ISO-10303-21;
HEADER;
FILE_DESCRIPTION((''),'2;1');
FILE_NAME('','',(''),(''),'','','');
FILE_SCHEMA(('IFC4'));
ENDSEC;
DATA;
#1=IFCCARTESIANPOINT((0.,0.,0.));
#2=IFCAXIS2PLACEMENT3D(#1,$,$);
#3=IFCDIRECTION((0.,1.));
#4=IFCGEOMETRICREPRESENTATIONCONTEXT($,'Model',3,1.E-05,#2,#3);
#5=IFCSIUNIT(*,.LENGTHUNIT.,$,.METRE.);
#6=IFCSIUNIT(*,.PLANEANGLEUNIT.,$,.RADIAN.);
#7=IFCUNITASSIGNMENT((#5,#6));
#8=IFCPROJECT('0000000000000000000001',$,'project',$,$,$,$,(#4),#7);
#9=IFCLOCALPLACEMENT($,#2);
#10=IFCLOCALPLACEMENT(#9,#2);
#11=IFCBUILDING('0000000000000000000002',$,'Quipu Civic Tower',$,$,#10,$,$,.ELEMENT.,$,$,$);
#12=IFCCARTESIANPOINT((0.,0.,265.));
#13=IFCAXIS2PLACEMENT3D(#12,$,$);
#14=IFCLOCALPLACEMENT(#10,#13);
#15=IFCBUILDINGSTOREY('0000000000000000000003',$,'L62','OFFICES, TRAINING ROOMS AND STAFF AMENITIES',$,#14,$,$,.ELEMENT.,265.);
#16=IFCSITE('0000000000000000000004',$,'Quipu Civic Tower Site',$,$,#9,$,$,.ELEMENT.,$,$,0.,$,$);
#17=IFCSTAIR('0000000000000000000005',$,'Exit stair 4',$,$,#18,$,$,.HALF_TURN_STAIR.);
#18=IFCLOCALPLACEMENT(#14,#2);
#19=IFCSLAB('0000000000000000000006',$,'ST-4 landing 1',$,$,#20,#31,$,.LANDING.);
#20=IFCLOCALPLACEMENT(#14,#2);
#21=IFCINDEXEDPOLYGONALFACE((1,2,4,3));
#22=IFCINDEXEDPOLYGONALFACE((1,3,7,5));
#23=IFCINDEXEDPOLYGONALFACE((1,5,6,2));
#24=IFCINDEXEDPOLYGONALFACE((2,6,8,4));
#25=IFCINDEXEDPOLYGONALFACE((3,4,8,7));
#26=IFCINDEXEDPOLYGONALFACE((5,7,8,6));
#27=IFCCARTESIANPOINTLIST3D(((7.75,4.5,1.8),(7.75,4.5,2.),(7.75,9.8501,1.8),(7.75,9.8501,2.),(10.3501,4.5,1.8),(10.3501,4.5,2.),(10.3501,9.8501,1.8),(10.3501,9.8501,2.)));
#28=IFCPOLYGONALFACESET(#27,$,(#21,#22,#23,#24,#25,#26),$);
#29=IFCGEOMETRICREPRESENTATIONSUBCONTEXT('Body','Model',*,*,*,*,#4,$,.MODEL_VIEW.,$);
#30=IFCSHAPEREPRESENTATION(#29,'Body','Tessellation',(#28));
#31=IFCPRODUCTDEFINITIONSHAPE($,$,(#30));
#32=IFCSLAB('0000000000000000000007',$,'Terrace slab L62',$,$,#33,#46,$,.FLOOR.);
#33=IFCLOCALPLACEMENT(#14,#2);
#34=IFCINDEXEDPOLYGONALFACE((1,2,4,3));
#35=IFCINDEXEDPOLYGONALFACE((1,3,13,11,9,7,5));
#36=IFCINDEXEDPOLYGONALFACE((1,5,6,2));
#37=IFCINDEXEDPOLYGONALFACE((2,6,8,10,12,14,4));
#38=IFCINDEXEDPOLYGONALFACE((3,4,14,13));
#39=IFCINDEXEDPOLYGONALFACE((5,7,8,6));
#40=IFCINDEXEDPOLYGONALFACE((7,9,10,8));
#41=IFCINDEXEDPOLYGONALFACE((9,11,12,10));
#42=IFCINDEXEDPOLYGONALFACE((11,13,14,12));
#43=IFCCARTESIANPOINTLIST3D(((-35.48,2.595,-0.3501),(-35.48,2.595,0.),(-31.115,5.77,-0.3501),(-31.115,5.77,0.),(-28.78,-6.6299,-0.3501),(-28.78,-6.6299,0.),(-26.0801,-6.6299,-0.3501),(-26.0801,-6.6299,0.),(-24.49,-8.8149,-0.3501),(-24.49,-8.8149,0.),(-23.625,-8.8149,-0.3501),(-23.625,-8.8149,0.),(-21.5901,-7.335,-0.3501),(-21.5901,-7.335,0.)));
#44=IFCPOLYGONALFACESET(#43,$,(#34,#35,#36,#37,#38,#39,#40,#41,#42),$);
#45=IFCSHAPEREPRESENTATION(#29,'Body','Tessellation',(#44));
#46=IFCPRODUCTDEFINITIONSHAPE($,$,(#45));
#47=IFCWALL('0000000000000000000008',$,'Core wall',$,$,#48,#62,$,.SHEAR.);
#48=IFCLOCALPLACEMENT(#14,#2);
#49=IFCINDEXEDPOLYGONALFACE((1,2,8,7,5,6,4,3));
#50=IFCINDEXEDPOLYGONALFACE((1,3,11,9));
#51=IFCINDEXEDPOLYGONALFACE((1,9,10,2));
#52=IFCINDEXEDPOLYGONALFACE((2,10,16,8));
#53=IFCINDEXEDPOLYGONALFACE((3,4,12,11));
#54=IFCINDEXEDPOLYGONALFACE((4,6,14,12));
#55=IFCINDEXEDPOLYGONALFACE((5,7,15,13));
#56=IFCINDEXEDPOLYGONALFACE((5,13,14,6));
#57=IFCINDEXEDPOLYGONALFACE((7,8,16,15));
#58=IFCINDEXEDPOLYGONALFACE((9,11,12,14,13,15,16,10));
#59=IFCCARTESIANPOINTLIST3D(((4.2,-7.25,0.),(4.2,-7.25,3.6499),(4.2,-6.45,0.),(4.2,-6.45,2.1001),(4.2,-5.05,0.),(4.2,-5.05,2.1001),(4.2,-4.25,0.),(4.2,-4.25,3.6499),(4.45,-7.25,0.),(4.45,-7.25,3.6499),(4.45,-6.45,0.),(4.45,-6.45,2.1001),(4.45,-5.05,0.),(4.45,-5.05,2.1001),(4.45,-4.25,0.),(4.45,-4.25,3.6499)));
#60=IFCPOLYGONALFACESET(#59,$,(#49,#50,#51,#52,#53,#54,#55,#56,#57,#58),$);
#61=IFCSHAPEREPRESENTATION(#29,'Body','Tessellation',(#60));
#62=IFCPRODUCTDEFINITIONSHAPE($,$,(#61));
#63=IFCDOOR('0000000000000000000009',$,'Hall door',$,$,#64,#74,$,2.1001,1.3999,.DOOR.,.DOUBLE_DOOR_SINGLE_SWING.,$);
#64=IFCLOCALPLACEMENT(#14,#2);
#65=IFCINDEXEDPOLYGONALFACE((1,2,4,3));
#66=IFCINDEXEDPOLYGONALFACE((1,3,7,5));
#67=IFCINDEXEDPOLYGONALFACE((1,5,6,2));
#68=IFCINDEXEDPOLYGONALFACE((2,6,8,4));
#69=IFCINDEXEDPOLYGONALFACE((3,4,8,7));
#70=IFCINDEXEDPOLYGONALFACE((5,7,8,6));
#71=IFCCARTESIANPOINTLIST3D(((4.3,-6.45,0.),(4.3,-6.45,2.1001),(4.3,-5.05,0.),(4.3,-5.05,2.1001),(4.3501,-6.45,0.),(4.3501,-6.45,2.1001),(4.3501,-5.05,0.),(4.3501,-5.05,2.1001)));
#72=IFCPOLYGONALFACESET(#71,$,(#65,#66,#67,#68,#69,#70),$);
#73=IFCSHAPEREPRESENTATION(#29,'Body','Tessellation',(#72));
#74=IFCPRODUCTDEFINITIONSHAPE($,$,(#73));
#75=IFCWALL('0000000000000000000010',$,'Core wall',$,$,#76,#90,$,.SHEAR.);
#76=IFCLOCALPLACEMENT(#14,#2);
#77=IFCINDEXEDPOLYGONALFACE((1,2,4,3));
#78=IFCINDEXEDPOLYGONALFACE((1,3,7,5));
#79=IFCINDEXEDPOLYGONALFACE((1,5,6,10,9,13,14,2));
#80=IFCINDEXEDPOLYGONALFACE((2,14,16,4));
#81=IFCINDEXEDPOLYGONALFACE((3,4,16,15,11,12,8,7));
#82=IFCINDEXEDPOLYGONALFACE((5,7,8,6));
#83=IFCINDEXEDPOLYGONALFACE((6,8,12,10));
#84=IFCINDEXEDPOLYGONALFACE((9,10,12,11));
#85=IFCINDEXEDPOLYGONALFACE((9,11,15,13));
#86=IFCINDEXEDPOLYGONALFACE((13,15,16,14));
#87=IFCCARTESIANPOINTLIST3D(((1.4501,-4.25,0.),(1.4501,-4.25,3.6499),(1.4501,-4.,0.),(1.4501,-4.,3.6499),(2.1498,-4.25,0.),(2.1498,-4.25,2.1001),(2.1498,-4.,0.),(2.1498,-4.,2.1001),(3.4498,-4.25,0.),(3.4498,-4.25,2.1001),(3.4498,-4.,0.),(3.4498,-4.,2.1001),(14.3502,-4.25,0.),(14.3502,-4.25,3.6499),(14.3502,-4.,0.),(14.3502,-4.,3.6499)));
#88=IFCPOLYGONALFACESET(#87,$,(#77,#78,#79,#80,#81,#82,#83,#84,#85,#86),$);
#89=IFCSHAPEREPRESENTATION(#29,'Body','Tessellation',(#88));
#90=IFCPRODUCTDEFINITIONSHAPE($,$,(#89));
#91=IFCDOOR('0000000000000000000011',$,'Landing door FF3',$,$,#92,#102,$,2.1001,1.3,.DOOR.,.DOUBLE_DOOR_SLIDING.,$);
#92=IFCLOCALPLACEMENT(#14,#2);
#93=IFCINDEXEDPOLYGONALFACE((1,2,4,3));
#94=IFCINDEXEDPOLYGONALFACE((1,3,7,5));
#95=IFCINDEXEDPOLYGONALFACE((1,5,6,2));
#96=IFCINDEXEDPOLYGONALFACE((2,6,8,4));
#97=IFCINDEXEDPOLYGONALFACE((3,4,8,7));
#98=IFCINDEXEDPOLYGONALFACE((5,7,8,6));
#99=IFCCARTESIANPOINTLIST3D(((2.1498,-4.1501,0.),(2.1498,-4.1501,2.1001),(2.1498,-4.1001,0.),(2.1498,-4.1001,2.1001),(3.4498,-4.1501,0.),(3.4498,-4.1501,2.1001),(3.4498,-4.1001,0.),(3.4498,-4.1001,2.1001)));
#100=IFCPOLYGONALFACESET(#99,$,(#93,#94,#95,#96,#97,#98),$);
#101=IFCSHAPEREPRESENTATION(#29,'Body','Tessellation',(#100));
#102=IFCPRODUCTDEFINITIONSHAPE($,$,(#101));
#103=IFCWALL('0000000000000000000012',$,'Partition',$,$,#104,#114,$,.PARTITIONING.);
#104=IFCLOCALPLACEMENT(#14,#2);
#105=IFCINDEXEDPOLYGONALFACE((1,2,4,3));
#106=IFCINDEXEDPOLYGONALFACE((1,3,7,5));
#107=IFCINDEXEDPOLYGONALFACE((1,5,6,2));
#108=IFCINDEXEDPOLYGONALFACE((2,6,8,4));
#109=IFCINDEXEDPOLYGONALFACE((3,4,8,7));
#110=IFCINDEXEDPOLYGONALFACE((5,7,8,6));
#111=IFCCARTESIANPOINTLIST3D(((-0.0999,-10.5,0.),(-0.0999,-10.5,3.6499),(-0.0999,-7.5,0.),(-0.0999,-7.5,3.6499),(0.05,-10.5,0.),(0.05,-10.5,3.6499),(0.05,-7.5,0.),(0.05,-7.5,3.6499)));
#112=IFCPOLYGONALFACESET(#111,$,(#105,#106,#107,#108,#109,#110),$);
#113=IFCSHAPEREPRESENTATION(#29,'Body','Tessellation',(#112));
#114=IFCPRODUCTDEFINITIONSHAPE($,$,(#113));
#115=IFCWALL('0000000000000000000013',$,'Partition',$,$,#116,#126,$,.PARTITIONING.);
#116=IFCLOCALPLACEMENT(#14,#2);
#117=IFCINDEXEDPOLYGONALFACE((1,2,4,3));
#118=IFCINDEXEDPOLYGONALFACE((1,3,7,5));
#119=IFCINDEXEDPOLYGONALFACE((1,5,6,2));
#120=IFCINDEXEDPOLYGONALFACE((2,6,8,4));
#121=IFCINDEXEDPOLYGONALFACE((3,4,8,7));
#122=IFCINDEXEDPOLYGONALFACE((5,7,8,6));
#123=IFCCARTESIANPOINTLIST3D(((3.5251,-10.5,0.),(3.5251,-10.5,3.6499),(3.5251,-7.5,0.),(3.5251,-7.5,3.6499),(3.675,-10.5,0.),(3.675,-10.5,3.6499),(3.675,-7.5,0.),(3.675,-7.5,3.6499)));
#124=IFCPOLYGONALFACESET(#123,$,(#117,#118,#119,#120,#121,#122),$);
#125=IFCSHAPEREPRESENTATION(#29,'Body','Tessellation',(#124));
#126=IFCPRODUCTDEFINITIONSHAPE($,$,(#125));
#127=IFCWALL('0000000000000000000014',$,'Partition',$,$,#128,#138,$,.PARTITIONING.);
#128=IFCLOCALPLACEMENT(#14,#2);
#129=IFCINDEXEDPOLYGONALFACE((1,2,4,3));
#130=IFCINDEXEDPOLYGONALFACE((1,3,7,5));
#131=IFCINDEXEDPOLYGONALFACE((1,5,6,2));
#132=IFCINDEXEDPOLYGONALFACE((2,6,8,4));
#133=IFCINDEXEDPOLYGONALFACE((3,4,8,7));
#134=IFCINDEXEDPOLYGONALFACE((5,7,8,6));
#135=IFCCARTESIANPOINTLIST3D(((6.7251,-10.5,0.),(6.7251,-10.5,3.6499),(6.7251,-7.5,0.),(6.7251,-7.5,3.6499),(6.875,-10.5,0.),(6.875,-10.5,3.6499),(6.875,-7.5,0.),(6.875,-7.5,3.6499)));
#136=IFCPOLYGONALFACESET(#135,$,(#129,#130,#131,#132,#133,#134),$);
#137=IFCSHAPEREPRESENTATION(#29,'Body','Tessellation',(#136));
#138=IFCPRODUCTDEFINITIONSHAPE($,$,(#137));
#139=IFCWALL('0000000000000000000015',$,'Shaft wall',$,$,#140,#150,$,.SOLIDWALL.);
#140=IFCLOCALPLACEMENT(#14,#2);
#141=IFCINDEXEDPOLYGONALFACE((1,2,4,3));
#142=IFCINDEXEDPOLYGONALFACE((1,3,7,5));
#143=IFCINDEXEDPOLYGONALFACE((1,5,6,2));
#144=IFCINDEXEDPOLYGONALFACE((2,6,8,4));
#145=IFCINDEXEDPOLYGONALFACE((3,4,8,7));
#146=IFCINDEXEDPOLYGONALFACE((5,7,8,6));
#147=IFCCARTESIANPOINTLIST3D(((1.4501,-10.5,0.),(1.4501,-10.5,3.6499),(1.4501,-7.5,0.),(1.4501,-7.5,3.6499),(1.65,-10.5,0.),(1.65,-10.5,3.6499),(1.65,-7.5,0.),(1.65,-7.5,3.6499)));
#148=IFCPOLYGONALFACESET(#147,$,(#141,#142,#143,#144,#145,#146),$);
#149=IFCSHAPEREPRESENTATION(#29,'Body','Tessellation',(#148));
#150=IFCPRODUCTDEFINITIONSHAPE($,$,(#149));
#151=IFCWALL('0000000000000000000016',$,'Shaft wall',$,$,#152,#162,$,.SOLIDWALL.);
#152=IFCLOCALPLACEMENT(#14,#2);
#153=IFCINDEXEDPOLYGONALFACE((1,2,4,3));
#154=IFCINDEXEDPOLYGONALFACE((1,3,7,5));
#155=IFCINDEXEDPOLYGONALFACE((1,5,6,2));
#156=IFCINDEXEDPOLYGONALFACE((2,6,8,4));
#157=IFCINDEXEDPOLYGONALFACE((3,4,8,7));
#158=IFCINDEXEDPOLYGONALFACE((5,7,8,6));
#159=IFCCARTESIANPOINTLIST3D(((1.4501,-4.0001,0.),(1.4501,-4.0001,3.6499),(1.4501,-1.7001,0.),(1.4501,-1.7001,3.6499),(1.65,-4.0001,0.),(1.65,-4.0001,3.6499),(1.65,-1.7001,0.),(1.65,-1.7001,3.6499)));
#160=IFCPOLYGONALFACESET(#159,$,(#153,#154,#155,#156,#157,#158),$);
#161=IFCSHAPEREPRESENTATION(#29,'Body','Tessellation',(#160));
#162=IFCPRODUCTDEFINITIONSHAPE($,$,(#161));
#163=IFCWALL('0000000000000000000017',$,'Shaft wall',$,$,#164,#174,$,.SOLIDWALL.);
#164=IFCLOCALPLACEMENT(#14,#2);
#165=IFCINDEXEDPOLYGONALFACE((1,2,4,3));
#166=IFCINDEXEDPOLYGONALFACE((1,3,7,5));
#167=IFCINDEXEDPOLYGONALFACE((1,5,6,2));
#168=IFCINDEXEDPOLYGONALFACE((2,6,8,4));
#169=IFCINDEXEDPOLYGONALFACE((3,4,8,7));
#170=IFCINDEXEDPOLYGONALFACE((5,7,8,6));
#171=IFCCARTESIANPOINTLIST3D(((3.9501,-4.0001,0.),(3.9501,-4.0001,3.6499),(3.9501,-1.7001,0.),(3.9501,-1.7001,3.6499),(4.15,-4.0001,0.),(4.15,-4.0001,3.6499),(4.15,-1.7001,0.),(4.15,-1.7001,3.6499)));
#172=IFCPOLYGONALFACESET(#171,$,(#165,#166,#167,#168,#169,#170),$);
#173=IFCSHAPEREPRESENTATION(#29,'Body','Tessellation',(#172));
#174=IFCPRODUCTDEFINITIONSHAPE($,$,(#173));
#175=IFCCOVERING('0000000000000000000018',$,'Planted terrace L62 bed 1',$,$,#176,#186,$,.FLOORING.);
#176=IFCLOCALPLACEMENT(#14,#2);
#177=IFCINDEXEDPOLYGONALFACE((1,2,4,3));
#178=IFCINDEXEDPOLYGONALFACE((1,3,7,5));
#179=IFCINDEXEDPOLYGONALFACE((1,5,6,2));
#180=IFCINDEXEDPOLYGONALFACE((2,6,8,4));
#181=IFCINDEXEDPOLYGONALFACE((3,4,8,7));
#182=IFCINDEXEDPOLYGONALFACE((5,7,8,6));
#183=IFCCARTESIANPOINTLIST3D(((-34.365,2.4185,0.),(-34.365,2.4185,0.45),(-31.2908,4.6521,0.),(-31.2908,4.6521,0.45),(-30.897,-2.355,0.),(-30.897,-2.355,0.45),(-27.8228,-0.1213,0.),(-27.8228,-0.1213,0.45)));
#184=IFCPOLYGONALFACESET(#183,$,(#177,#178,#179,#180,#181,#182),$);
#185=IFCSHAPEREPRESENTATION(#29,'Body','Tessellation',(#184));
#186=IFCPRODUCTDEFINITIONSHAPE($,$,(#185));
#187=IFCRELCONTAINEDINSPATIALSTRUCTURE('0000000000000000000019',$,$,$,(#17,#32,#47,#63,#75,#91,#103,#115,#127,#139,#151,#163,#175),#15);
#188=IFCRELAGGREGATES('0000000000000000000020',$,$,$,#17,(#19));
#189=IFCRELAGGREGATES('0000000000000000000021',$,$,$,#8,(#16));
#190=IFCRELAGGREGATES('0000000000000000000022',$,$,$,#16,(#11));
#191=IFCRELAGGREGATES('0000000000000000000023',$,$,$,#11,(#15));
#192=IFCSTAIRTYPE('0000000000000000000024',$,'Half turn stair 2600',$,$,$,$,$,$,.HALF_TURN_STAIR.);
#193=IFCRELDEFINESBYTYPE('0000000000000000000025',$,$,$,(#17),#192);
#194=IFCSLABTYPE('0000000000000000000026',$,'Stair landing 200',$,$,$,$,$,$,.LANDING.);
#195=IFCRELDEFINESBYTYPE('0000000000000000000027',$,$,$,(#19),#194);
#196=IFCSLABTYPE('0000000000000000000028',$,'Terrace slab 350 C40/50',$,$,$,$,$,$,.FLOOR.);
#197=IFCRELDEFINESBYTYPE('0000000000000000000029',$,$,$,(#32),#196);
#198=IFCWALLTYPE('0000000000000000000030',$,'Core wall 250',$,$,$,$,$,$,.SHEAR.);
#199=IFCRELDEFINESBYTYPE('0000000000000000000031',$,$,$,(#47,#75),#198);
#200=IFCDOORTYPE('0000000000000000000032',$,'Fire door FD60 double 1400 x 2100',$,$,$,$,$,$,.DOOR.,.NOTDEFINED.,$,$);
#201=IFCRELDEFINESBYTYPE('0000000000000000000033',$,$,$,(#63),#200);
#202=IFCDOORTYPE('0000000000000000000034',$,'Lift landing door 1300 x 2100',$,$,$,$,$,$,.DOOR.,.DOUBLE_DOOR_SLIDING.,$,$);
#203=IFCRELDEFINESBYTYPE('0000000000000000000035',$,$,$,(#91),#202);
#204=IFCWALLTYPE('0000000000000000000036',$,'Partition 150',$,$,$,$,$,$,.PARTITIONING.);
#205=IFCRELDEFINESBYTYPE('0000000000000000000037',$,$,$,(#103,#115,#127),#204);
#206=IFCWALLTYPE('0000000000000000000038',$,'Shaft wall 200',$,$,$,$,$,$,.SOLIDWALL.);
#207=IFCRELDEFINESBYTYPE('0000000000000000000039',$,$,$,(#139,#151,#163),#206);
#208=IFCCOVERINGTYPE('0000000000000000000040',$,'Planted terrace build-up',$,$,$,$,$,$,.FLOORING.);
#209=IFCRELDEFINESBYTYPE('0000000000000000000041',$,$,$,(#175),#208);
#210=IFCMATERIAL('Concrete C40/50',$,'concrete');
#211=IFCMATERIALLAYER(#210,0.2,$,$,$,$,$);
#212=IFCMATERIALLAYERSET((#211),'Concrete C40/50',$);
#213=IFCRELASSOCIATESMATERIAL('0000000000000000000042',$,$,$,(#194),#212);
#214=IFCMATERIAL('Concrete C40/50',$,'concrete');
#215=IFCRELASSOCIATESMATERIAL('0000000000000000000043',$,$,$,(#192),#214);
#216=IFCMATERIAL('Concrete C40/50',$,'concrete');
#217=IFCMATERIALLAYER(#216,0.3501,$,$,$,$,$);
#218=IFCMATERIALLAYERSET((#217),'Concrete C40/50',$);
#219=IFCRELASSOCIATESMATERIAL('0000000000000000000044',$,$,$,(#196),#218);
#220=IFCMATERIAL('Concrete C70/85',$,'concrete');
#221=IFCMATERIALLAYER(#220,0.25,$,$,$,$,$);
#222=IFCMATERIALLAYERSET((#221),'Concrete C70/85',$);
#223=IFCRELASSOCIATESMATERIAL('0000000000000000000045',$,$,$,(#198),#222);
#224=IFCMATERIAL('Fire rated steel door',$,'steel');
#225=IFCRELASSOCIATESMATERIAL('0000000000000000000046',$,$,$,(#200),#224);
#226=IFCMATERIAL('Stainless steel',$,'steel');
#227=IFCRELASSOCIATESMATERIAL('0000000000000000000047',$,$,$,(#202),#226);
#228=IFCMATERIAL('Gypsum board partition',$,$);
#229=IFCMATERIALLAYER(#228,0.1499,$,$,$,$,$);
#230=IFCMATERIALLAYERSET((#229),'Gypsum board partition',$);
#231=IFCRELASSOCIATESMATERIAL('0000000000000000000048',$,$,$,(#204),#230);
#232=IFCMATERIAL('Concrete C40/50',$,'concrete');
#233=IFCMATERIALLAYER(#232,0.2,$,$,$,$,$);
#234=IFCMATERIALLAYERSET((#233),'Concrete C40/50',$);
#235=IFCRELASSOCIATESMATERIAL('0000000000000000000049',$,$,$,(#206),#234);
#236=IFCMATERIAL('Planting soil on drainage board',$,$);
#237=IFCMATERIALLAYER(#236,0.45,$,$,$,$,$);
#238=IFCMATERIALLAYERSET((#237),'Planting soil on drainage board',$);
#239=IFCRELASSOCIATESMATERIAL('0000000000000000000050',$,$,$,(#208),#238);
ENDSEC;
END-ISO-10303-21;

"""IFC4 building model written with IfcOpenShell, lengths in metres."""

from ifc_helpers import new_model, si_unit, direction, frame, frame_2d, origin, place, context, subcontext, project, spatial, polyline, rectangle, outline, extrude, material, layer, layer_set, type_object, element, fill, aggregate, save


model = new_model("IFC4")

# Units and contexts
model_context = context("Model", 3, precision=1e-05, world=origin(), true_north=direction((0.0, 1.0)))
body_context = subcontext(model_context, "Body", "Model", "MODEL_VIEW")
ifc_project = project(units=[si_unit("LENGTHUNIT", "METRE"), si_unit("PLANEANGLEUNIT", "RADIAN")], contexts=[model_context])

# Site, building, storey
site_placement = place(None, origin())
site = spatial("IfcSite", under=ifc_project, at=site_placement, Name="Quipu Civic Tower Site", CompositionType="ELEMENT", RefElevation=0.0)
building_placement = place(site_placement, origin())
building = spatial("IfcBuilding", under=site, at=building_placement, Name="Quipu Civic Tower", CompositionType="ELEMENT")
storey_placement = place(building_placement, frame((0.0, 0.0, 265.0)))
storey = spatial("IfcBuildingStorey", under=building, at=storey_placement, Name="L62", Description="OFFICES, TRAINING ROOMS AND STAFF AMENITIES", CompositionType="ELEMENT", Elevation=265.0)

# Stair, slab
ifc_material_1 = material(Name="Concrete C40/50", Category="concrete")
ifc_layer_1 = layer(ifc_material_1, 0.2)
ifc_layer_set_1 = layer_set([ifc_layer_1], Name="Concrete C40/50")
slab_type_1 = type_object("IfcSlabType", Name="Stair landing 200", PredefinedType="LANDING", material=ifc_layer_set_1)
ifc_material_2 = material(Name="Concrete C40/50", Category="concrete")
stair_type_1 = type_object("IfcStairType", Name="Half turn stair 2600", PredefinedType="HALF_TURN_STAIR", material=ifc_material_2)
stair_1_placement = place(storey_placement, origin())
stair_1 = element("IfcStair", 1, at=stair_1_placement, inside=storey, type_object=stair_type_1, Name="Exit stair 4", PredefinedType="HALF_TURN_STAIR")
slab_1_placement = place(storey_placement, frame((0.0, 0.0, 1.8)))
slab_1 = element("IfcSlab", 2, at=slab_1_placement, type_object=slab_type_1, Name="ST-4 landing 1", PredefinedType="LANDING", context=body_context, shape_type="SweptSolid", body=[
    extrude(outline(polyline([(10.3501, 9.8501), (7.75, 9.8501), (7.75, 4.5), (10.3501, 4.5), (10.3501, 9.8501)])), origin(), (0.0, 0.0, 1.0), 0.2),
])
aggregate(stair_1, [slab_1])

# Slab
ifc_material_3 = material(Name="Concrete C40/50", Category="concrete")
ifc_layer_2 = layer(ifc_material_3, 0.3501)
ifc_layer_set_2 = layer_set([ifc_layer_2], Name="Concrete C40/50")
slab_type_2 = type_object("IfcSlabType", Name="Terrace slab 350 C40/50", PredefinedType="FLOOR", material=ifc_layer_set_2)
slab_2_placement = place(storey_placement, frame((0.0, 0.0, -0.3501)))
element("IfcSlab", 3, at=slab_2_placement, inside=storey, type_object=slab_type_2, Name="Terrace slab L62", PredefinedType="FLOOR", context=body_context, shape_type="SweptSolid", body=[
    extrude(outline(polyline([(-26.0801, -6.6299), (-28.78, -6.6299), (-35.48, 2.595), (-31.115, 5.77), (-21.5901, -7.335), (-23.625, -8.8149), (-24.49, -8.8149), (-26.0801, -6.6299)])), origin(), (0.0, 0.0, 1.0), 0.3501),
])

# Walls, openings, doors
ifc_material_4 = material(Name="Concrete C70/85", Category="concrete")
ifc_layer_3 = layer(ifc_material_4, 0.25)
ifc_layer_set_3 = layer_set([ifc_layer_3], Name="Concrete C70/85")
wall_type_1 = type_object("IfcWallType", Name="Core wall 250", PredefinedType="SHEAR", material=ifc_layer_set_3)
wall_1_placement = place(storey_placement, frame((4.325, -7.25, 0.0), z_axis=(0.0, 0.0, 1.0), x_axis=(0.0, 1.0, 0.0)))
wall_1 = element("IfcWall", 4, at=wall_1_placement, inside=storey, type_object=wall_type_1, Name="Core wall", PredefinedType="SHEAR", context=body_context, shape_type="SweptSolid", body=[
    extrude(rectangle(XDim=3.0, YDim=0.25, at=frame_2d((1.5, 0.0))), origin(), (0.0, 0.0, 1.0), 3.6499),
])
opening_1_placement = place(wall_1_placement, frame((0.8, 0.0, 0.0)))
opening_1 = element("IfcOpeningElement", 5, at=opening_1_placement, cuts=wall_1, PredefinedType="OPENING", context=body_context, shape_type="SweptSolid", body=[
    extrude(rectangle(XDim=1.3999, YDim=2.1001, at=frame_2d((0.7, 1.05))), frame((0.0, 0.135, 0.0), z_axis=(0.0, -1.0, 0.0), x_axis=(1.0, 0.0, 0.0)), (0.0, 0.0, 1.0), 0.27),
])
ifc_material_5 = material(Name="Fire rated steel door", Category="steel")
door_type_1 = type_object("IfcDoorType", Name="Fire door FD60 double 1400 x 2100", OperationType="NOTDEFINED", PredefinedType="DOOR", material=ifc_material_5)
door_1_placement = place(opening_1_placement, origin())
door_1 = element("IfcDoor", 6, at=door_1_placement, inside=storey, type_object=door_type_1, Name="Hall door", OperationType="DOUBLE_DOOR_SINGLE_SWING", OverallHeight=2.1001, OverallWidth=1.3999, PredefinedType="DOOR", context=body_context, shape_type="SweptSolid", body=[
    extrude(rectangle(XDim=1.3999, YDim=2.1001, at=frame_2d((0.7, 1.05))), frame((0.0, 0.0249, 0.0), z_axis=(0.0, -1.0, 0.0), x_axis=(1.0, 0.0, 0.0)), (0.0, 0.0, 1.0), 0.05),
])
fill(opening_1, door_1)
wall_2_placement = place(storey_placement, frame((1.45, -4.125, 0.0), z_axis=(0.0, 0.0, 1.0), x_axis=(1.0, 0.0, 0.0)))
wall_2 = element("IfcWall", 7, at=wall_2_placement, inside=storey, type_object=wall_type_1, Name="Core wall", PredefinedType="SHEAR", context=body_context, shape_type="SweptSolid", body=[
    extrude(rectangle(XDim=12.9001, YDim=0.25, at=frame_2d((6.4502, 0.0))), origin(), (0.0, 0.0, 1.0), 3.6499),
])
opening_2_placement = place(wall_2_placement, frame((0.7, 0.0, 0.0)))
opening_2 = element("IfcOpeningElement", 8, at=opening_2_placement, cuts=wall_2, PredefinedType="OPENING", context=body_context, shape_type="SweptSolid", body=[
    extrude(rectangle(XDim=1.3, YDim=2.1001, at=frame_2d((0.6499, 1.05))), frame((0.0, 0.135, 0.0), z_axis=(0.0, -1.0, 0.0), x_axis=(1.0, 0.0, 0.0)), (0.0, 0.0, 1.0), 0.27),
])
ifc_material_6 = material(Name="Stainless steel", Category="steel")
door_type_2 = type_object("IfcDoorType", Name="Lift landing door 1300 x 2100", OperationType="DOUBLE_DOOR_SLIDING", PredefinedType="DOOR", material=ifc_material_6)
door_2_placement = place(opening_2_placement, origin())
door_2 = element("IfcDoor", 9, at=door_2_placement, inside=storey, type_object=door_type_2, Name="Landing door FF3", OperationType="DOUBLE_DOOR_SLIDING", OverallHeight=2.1001, OverallWidth=1.3, PredefinedType="DOOR", context=body_context, shape_type="SweptSolid", body=[
    extrude(rectangle(XDim=1.3, YDim=2.1001, at=frame_2d((0.6499, 1.05))), frame((0.0, 0.0249, 0.0), z_axis=(0.0, -1.0, 0.0), x_axis=(1.0, 0.0, 0.0)), (0.0, 0.0, 1.0), 0.05),
])
fill(opening_2, door_2)

# Walls
ifc_material_7 = material(Name="Gypsum board partition")
ifc_layer_4 = layer(ifc_material_7, 0.1499)
ifc_layer_set_4 = layer_set([ifc_layer_4], Name="Gypsum board partition")
wall_type_2 = type_object("IfcWallType", Name="Partition 150", PredefinedType="PARTITIONING", material=ifc_layer_set_4)
for number, where, z_axis, x_axis, name in (
    (10, (-0.0249, -10.5, 0.0), (0.0, 0.0, 1.0), (0.0, 1.0, 0.0), "Partition"),
    (11, (3.6001, -10.5, 0.0), (0.0, 0.0, 1.0), (0.0, 1.0, 0.0), "Partition"),
    (12, (6.8, -10.5, 0.0), (0.0, 0.0, 1.0), (0.0, 1.0, 0.0), "Partition"),
):
    element("IfcWall", number, at=place(storey_placement, frame(where, z_axis=z_axis, x_axis=x_axis)), inside=storey, type_object=wall_type_2, Name=name, PredefinedType="PARTITIONING", context=body_context, shape_type="SweptSolid", body=[
        extrude(rectangle(XDim=3.0, YDim=0.1499, at=frame_2d((1.5, 0.0))), origin(), (0.0, 0.0, 1.0), 3.6499),
    ])
ifc_material_8 = material(Name="Concrete C40/50", Category="concrete")
ifc_layer_5 = layer(ifc_material_8, 0.2)
ifc_layer_set_5 = layer_set([ifc_layer_5], Name="Concrete C40/50")
wall_type_3 = type_object("IfcWallType", Name="Shaft wall 200", PredefinedType="SOLIDWALL", material=ifc_layer_set_5)
wall_3_placement = place(storey_placement, frame((1.55, -10.5, 0.0), z_axis=(0.0, 0.0, 1.0), x_axis=(0.0, 1.0, 0.0)))
element("IfcWall", 13, at=wall_3_placement, inside=storey, type_object=wall_type_3, Name="Shaft wall", PredefinedType="SOLIDWALL", context=body_context, shape_type="SweptSolid", body=[
    extrude(rectangle(XDim=3.0, YDim=0.2, at=frame_2d((1.5, 0.0))), origin(), (0.0, 0.0, 1.0), 3.6499),
])
for number, where, z_axis, x_axis, name in (
    (14, (1.55, -4.0, 0.0), (0.0, 0.0, 1.0), (0.0, 1.0, 0.0), "Shaft wall"),
    (15, (4.05, -4.0, 0.0), (0.0, 0.0, 1.0), (0.0, 1.0, 0.0), "Shaft wall"),
):
    element("IfcWall", number, at=place(storey_placement, frame(where, z_axis=z_axis, x_axis=x_axis)), inside=storey, type_object=wall_type_3, Name=name, PredefinedType="SOLIDWALL", context=body_context, shape_type="SweptSolid", body=[
        extrude(rectangle(XDim=2.3, YDim=0.2, at=frame_2d((1.1499, 0.0))), origin(), (0.0, 0.0, 1.0), 3.6499),
    ])

# Covering
ifc_material_9 = material(Name="Planting soil on drainage board")
ifc_layer_6 = layer(ifc_material_9, 0.45)
ifc_layer_set_6 = layer_set([ifc_layer_6], Name="Planting soil on drainage board")
covering_type_1 = type_object("IfcCoveringType", Name="Planted terrace build-up", PredefinedType="FLOORING", material=ifc_layer_set_6)
covering_1_placement = place(storey_placement, origin())
element("IfcCovering", 16, at=covering_1_placement, inside=storey, type_object=covering_type_1, Name="Planted terrace L62 bed 1", PredefinedType="FLOORING", context=body_context, shape_type="SweptSolid", body=[
    extrude(outline(polyline([(-34.365, 2.4185), (-31.2908, 4.6521), (-27.8228, -0.1213), (-30.897, -2.355), (-34.365, 2.4185)])), origin(), (0.0, 0.0, 1.0), 0.45),
])

save(model, "model.ifc")
